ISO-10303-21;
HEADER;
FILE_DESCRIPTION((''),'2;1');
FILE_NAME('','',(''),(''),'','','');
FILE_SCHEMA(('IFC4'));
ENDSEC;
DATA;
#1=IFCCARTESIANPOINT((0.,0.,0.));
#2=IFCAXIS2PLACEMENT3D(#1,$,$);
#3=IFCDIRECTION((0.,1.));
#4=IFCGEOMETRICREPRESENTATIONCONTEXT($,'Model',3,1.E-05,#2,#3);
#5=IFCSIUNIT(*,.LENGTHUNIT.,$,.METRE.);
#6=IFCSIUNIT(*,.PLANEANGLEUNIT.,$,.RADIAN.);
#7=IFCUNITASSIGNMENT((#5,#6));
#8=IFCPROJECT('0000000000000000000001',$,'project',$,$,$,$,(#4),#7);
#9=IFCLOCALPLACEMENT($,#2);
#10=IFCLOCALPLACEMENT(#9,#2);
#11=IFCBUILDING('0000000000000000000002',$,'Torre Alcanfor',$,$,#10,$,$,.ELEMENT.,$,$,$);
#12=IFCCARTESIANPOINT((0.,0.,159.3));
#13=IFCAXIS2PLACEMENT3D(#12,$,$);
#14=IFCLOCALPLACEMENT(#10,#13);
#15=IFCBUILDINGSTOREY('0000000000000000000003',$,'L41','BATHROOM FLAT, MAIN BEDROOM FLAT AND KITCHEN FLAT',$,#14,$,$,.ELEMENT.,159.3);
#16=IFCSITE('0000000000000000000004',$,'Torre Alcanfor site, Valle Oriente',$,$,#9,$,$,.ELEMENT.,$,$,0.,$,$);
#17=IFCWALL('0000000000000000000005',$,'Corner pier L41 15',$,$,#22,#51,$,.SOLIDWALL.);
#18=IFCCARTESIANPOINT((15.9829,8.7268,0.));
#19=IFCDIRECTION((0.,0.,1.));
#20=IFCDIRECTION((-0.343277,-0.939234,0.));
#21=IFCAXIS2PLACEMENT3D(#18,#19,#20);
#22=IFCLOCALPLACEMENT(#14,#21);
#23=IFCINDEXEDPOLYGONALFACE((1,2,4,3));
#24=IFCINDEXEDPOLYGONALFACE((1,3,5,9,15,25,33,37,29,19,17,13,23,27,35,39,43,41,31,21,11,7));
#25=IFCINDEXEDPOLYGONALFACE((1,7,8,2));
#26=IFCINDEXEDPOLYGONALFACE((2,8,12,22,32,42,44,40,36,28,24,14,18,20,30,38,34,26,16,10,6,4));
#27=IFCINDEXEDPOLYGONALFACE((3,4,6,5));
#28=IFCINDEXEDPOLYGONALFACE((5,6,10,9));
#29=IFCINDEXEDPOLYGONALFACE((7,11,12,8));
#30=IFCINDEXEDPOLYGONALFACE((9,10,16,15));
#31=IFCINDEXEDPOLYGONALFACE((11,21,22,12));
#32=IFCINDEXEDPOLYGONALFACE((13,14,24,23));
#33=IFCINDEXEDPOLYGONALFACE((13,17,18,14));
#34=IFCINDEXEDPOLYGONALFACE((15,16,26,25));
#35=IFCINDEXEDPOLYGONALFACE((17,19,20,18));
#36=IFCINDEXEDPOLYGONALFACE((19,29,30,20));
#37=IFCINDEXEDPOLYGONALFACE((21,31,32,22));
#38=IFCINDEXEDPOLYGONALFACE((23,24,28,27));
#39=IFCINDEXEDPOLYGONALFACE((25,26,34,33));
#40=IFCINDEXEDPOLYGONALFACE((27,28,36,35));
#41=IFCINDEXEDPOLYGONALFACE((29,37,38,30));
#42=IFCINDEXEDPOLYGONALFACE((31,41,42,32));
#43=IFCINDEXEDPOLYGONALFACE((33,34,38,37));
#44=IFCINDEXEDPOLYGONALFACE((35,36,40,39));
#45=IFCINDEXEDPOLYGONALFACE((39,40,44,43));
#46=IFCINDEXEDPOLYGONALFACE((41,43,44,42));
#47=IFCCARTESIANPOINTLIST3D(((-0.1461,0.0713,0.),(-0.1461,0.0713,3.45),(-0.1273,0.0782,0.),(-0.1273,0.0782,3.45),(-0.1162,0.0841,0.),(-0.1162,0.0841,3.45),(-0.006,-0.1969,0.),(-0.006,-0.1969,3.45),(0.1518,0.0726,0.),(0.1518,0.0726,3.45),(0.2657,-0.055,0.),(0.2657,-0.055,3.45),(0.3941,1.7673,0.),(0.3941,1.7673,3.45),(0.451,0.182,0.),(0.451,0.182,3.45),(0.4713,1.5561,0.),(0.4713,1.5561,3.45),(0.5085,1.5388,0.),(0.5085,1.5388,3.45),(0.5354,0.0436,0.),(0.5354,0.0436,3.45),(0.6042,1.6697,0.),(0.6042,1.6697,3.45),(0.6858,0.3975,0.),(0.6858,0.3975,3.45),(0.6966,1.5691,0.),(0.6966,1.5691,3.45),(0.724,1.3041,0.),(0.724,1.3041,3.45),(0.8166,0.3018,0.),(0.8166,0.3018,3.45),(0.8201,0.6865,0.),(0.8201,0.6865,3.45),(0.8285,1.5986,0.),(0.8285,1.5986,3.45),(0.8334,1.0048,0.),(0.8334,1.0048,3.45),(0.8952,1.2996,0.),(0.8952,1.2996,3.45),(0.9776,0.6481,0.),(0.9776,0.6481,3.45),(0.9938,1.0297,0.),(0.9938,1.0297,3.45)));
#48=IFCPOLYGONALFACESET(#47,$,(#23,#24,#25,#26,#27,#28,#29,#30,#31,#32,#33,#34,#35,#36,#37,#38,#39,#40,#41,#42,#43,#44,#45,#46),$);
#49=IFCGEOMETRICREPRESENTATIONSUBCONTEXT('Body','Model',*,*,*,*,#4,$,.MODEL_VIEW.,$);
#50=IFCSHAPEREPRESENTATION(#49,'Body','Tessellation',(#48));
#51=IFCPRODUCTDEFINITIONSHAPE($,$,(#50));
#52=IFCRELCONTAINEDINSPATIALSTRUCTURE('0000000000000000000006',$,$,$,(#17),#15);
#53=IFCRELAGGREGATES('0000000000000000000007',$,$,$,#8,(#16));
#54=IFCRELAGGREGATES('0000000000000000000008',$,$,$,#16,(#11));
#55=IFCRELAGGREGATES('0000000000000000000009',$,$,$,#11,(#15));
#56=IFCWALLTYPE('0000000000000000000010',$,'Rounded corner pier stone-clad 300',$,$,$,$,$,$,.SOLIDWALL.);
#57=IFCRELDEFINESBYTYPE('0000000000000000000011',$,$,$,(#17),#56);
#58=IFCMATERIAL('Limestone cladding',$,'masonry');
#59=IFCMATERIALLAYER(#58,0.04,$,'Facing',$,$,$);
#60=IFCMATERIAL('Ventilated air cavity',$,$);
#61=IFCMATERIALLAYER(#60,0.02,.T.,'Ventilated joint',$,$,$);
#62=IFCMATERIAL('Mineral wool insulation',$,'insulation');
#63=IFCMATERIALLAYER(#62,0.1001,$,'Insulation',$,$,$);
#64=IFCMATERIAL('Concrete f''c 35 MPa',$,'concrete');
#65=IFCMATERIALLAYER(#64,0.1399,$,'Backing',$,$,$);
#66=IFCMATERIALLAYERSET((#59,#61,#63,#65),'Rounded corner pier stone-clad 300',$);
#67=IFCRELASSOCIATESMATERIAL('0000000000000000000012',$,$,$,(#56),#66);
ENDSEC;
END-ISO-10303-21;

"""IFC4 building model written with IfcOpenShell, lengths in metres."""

from ifc_helpers import new_model, si_unit, direction, frame, origin, place, context, subcontext, project, spatial, polyline, outline, extrude, material, layer, layer_set, type_object, element, save


model = new_model("IFC4")

# Units and contexts
model_context = context("Model", 3, precision=1e-05, world=origin(), true_north=direction((0.0, 1.0)))
body_context = subcontext(model_context, "Body", "Model", "MODEL_VIEW")
ifc_project = project(units=[si_unit("LENGTHUNIT", "METRE"), si_unit("PLANEANGLEUNIT", "RADIAN")], contexts=[model_context])

# Site, building, storey
site_placement = place(None, origin())
site = spatial("IfcSite", under=ifc_project, at=site_placement, Name="Torre Alcanfor site, Valle Oriente", CompositionType="ELEMENT", RefElevation=0.0)
building_placement = place(site_placement, origin())
building = spatial("IfcBuilding", under=site, at=building_placement, Name="Torre Alcanfor", CompositionType="ELEMENT")
storey_placement = place(building_placement, frame((0.0, 0.0, 159.3)))
storey = spatial("IfcBuildingStorey", under=building, at=storey_placement, Name="L41", Description="BATHROOM FLAT, MAIN BEDROOM FLAT AND KITCHEN FLAT", CompositionType="ELEMENT", Elevation=159.3)

# Shared definitions
ifc_material_1 = material(Name="Limestone cladding", Category="masonry")
ifc_material_2 = material(Name="Ventilated air cavity")
ifc_material_3 = material(Name="Mineral wool insulation", Category="insulation")
ifc_material_4 = material(Name="Concrete f'c 35 MPa", Category="concrete")

# Wall
ifc_layer_1 = layer(ifc_material_1, 0.04, Name="Facing")
ifc_layer_2 = layer(ifc_material_2, 0.02, ventilated=True, Name="Ventilated joint")
ifc_layer_3 = layer(ifc_material_3, 0.1001, Name="Insulation")
ifc_layer_4 = layer(ifc_material_4, 0.1399, Name="Backing")
ifc_layer_set_1 = layer_set([ifc_layer_1, ifc_layer_2, ifc_layer_3, ifc_layer_4], Name="Rounded corner pier stone-clad 300")
wall_type_1 = type_object("IfcWallType", Name="Rounded corner pier stone-clad 300", PredefinedType="SOLIDWALL", material=ifc_layer_set_1)
wall_1_placement = place(storey_placement, frame((15.9829, 8.7268, 0.0), z_axis=(0.0, 0.0, 1.0), x_axis=(-0.343277, -0.939234, 0.0)))
element("IfcWall", 1, at=wall_1_placement, inside=storey, type_object=wall_type_1, Name="Corner pier L41 15", PredefinedType="SOLIDWALL", context=body_context, shape_type="SweptSolid", body=[
    extrude(outline(polyline([(0.8285, 1.5986), (0.6966, 1.5691), (0.6042, 1.6697), (0.3941, 1.7673), (0.4713, 1.5561), (0.5085, 1.5388), (0.724, 1.3041), (0.8334, 1.0048), (0.8201, 0.6865), (0.6858, 0.3975), (0.451, 0.182), (0.1518, 0.0726), (-0.1162, 0.0841), (-0.1273, 0.0782), (-0.1461, 0.0713), (-0.006, -0.1969), (0.2657, -0.055), (0.5354, 0.0436), (0.8166, 0.3018), (0.9776, 0.6481), (0.9938, 1.0297), (0.8952, 1.2996), (0.8285, 1.5986)])), origin(), (0.0, 0.0, 1.0), 3.45),
])

save(model, "model.ifc")
